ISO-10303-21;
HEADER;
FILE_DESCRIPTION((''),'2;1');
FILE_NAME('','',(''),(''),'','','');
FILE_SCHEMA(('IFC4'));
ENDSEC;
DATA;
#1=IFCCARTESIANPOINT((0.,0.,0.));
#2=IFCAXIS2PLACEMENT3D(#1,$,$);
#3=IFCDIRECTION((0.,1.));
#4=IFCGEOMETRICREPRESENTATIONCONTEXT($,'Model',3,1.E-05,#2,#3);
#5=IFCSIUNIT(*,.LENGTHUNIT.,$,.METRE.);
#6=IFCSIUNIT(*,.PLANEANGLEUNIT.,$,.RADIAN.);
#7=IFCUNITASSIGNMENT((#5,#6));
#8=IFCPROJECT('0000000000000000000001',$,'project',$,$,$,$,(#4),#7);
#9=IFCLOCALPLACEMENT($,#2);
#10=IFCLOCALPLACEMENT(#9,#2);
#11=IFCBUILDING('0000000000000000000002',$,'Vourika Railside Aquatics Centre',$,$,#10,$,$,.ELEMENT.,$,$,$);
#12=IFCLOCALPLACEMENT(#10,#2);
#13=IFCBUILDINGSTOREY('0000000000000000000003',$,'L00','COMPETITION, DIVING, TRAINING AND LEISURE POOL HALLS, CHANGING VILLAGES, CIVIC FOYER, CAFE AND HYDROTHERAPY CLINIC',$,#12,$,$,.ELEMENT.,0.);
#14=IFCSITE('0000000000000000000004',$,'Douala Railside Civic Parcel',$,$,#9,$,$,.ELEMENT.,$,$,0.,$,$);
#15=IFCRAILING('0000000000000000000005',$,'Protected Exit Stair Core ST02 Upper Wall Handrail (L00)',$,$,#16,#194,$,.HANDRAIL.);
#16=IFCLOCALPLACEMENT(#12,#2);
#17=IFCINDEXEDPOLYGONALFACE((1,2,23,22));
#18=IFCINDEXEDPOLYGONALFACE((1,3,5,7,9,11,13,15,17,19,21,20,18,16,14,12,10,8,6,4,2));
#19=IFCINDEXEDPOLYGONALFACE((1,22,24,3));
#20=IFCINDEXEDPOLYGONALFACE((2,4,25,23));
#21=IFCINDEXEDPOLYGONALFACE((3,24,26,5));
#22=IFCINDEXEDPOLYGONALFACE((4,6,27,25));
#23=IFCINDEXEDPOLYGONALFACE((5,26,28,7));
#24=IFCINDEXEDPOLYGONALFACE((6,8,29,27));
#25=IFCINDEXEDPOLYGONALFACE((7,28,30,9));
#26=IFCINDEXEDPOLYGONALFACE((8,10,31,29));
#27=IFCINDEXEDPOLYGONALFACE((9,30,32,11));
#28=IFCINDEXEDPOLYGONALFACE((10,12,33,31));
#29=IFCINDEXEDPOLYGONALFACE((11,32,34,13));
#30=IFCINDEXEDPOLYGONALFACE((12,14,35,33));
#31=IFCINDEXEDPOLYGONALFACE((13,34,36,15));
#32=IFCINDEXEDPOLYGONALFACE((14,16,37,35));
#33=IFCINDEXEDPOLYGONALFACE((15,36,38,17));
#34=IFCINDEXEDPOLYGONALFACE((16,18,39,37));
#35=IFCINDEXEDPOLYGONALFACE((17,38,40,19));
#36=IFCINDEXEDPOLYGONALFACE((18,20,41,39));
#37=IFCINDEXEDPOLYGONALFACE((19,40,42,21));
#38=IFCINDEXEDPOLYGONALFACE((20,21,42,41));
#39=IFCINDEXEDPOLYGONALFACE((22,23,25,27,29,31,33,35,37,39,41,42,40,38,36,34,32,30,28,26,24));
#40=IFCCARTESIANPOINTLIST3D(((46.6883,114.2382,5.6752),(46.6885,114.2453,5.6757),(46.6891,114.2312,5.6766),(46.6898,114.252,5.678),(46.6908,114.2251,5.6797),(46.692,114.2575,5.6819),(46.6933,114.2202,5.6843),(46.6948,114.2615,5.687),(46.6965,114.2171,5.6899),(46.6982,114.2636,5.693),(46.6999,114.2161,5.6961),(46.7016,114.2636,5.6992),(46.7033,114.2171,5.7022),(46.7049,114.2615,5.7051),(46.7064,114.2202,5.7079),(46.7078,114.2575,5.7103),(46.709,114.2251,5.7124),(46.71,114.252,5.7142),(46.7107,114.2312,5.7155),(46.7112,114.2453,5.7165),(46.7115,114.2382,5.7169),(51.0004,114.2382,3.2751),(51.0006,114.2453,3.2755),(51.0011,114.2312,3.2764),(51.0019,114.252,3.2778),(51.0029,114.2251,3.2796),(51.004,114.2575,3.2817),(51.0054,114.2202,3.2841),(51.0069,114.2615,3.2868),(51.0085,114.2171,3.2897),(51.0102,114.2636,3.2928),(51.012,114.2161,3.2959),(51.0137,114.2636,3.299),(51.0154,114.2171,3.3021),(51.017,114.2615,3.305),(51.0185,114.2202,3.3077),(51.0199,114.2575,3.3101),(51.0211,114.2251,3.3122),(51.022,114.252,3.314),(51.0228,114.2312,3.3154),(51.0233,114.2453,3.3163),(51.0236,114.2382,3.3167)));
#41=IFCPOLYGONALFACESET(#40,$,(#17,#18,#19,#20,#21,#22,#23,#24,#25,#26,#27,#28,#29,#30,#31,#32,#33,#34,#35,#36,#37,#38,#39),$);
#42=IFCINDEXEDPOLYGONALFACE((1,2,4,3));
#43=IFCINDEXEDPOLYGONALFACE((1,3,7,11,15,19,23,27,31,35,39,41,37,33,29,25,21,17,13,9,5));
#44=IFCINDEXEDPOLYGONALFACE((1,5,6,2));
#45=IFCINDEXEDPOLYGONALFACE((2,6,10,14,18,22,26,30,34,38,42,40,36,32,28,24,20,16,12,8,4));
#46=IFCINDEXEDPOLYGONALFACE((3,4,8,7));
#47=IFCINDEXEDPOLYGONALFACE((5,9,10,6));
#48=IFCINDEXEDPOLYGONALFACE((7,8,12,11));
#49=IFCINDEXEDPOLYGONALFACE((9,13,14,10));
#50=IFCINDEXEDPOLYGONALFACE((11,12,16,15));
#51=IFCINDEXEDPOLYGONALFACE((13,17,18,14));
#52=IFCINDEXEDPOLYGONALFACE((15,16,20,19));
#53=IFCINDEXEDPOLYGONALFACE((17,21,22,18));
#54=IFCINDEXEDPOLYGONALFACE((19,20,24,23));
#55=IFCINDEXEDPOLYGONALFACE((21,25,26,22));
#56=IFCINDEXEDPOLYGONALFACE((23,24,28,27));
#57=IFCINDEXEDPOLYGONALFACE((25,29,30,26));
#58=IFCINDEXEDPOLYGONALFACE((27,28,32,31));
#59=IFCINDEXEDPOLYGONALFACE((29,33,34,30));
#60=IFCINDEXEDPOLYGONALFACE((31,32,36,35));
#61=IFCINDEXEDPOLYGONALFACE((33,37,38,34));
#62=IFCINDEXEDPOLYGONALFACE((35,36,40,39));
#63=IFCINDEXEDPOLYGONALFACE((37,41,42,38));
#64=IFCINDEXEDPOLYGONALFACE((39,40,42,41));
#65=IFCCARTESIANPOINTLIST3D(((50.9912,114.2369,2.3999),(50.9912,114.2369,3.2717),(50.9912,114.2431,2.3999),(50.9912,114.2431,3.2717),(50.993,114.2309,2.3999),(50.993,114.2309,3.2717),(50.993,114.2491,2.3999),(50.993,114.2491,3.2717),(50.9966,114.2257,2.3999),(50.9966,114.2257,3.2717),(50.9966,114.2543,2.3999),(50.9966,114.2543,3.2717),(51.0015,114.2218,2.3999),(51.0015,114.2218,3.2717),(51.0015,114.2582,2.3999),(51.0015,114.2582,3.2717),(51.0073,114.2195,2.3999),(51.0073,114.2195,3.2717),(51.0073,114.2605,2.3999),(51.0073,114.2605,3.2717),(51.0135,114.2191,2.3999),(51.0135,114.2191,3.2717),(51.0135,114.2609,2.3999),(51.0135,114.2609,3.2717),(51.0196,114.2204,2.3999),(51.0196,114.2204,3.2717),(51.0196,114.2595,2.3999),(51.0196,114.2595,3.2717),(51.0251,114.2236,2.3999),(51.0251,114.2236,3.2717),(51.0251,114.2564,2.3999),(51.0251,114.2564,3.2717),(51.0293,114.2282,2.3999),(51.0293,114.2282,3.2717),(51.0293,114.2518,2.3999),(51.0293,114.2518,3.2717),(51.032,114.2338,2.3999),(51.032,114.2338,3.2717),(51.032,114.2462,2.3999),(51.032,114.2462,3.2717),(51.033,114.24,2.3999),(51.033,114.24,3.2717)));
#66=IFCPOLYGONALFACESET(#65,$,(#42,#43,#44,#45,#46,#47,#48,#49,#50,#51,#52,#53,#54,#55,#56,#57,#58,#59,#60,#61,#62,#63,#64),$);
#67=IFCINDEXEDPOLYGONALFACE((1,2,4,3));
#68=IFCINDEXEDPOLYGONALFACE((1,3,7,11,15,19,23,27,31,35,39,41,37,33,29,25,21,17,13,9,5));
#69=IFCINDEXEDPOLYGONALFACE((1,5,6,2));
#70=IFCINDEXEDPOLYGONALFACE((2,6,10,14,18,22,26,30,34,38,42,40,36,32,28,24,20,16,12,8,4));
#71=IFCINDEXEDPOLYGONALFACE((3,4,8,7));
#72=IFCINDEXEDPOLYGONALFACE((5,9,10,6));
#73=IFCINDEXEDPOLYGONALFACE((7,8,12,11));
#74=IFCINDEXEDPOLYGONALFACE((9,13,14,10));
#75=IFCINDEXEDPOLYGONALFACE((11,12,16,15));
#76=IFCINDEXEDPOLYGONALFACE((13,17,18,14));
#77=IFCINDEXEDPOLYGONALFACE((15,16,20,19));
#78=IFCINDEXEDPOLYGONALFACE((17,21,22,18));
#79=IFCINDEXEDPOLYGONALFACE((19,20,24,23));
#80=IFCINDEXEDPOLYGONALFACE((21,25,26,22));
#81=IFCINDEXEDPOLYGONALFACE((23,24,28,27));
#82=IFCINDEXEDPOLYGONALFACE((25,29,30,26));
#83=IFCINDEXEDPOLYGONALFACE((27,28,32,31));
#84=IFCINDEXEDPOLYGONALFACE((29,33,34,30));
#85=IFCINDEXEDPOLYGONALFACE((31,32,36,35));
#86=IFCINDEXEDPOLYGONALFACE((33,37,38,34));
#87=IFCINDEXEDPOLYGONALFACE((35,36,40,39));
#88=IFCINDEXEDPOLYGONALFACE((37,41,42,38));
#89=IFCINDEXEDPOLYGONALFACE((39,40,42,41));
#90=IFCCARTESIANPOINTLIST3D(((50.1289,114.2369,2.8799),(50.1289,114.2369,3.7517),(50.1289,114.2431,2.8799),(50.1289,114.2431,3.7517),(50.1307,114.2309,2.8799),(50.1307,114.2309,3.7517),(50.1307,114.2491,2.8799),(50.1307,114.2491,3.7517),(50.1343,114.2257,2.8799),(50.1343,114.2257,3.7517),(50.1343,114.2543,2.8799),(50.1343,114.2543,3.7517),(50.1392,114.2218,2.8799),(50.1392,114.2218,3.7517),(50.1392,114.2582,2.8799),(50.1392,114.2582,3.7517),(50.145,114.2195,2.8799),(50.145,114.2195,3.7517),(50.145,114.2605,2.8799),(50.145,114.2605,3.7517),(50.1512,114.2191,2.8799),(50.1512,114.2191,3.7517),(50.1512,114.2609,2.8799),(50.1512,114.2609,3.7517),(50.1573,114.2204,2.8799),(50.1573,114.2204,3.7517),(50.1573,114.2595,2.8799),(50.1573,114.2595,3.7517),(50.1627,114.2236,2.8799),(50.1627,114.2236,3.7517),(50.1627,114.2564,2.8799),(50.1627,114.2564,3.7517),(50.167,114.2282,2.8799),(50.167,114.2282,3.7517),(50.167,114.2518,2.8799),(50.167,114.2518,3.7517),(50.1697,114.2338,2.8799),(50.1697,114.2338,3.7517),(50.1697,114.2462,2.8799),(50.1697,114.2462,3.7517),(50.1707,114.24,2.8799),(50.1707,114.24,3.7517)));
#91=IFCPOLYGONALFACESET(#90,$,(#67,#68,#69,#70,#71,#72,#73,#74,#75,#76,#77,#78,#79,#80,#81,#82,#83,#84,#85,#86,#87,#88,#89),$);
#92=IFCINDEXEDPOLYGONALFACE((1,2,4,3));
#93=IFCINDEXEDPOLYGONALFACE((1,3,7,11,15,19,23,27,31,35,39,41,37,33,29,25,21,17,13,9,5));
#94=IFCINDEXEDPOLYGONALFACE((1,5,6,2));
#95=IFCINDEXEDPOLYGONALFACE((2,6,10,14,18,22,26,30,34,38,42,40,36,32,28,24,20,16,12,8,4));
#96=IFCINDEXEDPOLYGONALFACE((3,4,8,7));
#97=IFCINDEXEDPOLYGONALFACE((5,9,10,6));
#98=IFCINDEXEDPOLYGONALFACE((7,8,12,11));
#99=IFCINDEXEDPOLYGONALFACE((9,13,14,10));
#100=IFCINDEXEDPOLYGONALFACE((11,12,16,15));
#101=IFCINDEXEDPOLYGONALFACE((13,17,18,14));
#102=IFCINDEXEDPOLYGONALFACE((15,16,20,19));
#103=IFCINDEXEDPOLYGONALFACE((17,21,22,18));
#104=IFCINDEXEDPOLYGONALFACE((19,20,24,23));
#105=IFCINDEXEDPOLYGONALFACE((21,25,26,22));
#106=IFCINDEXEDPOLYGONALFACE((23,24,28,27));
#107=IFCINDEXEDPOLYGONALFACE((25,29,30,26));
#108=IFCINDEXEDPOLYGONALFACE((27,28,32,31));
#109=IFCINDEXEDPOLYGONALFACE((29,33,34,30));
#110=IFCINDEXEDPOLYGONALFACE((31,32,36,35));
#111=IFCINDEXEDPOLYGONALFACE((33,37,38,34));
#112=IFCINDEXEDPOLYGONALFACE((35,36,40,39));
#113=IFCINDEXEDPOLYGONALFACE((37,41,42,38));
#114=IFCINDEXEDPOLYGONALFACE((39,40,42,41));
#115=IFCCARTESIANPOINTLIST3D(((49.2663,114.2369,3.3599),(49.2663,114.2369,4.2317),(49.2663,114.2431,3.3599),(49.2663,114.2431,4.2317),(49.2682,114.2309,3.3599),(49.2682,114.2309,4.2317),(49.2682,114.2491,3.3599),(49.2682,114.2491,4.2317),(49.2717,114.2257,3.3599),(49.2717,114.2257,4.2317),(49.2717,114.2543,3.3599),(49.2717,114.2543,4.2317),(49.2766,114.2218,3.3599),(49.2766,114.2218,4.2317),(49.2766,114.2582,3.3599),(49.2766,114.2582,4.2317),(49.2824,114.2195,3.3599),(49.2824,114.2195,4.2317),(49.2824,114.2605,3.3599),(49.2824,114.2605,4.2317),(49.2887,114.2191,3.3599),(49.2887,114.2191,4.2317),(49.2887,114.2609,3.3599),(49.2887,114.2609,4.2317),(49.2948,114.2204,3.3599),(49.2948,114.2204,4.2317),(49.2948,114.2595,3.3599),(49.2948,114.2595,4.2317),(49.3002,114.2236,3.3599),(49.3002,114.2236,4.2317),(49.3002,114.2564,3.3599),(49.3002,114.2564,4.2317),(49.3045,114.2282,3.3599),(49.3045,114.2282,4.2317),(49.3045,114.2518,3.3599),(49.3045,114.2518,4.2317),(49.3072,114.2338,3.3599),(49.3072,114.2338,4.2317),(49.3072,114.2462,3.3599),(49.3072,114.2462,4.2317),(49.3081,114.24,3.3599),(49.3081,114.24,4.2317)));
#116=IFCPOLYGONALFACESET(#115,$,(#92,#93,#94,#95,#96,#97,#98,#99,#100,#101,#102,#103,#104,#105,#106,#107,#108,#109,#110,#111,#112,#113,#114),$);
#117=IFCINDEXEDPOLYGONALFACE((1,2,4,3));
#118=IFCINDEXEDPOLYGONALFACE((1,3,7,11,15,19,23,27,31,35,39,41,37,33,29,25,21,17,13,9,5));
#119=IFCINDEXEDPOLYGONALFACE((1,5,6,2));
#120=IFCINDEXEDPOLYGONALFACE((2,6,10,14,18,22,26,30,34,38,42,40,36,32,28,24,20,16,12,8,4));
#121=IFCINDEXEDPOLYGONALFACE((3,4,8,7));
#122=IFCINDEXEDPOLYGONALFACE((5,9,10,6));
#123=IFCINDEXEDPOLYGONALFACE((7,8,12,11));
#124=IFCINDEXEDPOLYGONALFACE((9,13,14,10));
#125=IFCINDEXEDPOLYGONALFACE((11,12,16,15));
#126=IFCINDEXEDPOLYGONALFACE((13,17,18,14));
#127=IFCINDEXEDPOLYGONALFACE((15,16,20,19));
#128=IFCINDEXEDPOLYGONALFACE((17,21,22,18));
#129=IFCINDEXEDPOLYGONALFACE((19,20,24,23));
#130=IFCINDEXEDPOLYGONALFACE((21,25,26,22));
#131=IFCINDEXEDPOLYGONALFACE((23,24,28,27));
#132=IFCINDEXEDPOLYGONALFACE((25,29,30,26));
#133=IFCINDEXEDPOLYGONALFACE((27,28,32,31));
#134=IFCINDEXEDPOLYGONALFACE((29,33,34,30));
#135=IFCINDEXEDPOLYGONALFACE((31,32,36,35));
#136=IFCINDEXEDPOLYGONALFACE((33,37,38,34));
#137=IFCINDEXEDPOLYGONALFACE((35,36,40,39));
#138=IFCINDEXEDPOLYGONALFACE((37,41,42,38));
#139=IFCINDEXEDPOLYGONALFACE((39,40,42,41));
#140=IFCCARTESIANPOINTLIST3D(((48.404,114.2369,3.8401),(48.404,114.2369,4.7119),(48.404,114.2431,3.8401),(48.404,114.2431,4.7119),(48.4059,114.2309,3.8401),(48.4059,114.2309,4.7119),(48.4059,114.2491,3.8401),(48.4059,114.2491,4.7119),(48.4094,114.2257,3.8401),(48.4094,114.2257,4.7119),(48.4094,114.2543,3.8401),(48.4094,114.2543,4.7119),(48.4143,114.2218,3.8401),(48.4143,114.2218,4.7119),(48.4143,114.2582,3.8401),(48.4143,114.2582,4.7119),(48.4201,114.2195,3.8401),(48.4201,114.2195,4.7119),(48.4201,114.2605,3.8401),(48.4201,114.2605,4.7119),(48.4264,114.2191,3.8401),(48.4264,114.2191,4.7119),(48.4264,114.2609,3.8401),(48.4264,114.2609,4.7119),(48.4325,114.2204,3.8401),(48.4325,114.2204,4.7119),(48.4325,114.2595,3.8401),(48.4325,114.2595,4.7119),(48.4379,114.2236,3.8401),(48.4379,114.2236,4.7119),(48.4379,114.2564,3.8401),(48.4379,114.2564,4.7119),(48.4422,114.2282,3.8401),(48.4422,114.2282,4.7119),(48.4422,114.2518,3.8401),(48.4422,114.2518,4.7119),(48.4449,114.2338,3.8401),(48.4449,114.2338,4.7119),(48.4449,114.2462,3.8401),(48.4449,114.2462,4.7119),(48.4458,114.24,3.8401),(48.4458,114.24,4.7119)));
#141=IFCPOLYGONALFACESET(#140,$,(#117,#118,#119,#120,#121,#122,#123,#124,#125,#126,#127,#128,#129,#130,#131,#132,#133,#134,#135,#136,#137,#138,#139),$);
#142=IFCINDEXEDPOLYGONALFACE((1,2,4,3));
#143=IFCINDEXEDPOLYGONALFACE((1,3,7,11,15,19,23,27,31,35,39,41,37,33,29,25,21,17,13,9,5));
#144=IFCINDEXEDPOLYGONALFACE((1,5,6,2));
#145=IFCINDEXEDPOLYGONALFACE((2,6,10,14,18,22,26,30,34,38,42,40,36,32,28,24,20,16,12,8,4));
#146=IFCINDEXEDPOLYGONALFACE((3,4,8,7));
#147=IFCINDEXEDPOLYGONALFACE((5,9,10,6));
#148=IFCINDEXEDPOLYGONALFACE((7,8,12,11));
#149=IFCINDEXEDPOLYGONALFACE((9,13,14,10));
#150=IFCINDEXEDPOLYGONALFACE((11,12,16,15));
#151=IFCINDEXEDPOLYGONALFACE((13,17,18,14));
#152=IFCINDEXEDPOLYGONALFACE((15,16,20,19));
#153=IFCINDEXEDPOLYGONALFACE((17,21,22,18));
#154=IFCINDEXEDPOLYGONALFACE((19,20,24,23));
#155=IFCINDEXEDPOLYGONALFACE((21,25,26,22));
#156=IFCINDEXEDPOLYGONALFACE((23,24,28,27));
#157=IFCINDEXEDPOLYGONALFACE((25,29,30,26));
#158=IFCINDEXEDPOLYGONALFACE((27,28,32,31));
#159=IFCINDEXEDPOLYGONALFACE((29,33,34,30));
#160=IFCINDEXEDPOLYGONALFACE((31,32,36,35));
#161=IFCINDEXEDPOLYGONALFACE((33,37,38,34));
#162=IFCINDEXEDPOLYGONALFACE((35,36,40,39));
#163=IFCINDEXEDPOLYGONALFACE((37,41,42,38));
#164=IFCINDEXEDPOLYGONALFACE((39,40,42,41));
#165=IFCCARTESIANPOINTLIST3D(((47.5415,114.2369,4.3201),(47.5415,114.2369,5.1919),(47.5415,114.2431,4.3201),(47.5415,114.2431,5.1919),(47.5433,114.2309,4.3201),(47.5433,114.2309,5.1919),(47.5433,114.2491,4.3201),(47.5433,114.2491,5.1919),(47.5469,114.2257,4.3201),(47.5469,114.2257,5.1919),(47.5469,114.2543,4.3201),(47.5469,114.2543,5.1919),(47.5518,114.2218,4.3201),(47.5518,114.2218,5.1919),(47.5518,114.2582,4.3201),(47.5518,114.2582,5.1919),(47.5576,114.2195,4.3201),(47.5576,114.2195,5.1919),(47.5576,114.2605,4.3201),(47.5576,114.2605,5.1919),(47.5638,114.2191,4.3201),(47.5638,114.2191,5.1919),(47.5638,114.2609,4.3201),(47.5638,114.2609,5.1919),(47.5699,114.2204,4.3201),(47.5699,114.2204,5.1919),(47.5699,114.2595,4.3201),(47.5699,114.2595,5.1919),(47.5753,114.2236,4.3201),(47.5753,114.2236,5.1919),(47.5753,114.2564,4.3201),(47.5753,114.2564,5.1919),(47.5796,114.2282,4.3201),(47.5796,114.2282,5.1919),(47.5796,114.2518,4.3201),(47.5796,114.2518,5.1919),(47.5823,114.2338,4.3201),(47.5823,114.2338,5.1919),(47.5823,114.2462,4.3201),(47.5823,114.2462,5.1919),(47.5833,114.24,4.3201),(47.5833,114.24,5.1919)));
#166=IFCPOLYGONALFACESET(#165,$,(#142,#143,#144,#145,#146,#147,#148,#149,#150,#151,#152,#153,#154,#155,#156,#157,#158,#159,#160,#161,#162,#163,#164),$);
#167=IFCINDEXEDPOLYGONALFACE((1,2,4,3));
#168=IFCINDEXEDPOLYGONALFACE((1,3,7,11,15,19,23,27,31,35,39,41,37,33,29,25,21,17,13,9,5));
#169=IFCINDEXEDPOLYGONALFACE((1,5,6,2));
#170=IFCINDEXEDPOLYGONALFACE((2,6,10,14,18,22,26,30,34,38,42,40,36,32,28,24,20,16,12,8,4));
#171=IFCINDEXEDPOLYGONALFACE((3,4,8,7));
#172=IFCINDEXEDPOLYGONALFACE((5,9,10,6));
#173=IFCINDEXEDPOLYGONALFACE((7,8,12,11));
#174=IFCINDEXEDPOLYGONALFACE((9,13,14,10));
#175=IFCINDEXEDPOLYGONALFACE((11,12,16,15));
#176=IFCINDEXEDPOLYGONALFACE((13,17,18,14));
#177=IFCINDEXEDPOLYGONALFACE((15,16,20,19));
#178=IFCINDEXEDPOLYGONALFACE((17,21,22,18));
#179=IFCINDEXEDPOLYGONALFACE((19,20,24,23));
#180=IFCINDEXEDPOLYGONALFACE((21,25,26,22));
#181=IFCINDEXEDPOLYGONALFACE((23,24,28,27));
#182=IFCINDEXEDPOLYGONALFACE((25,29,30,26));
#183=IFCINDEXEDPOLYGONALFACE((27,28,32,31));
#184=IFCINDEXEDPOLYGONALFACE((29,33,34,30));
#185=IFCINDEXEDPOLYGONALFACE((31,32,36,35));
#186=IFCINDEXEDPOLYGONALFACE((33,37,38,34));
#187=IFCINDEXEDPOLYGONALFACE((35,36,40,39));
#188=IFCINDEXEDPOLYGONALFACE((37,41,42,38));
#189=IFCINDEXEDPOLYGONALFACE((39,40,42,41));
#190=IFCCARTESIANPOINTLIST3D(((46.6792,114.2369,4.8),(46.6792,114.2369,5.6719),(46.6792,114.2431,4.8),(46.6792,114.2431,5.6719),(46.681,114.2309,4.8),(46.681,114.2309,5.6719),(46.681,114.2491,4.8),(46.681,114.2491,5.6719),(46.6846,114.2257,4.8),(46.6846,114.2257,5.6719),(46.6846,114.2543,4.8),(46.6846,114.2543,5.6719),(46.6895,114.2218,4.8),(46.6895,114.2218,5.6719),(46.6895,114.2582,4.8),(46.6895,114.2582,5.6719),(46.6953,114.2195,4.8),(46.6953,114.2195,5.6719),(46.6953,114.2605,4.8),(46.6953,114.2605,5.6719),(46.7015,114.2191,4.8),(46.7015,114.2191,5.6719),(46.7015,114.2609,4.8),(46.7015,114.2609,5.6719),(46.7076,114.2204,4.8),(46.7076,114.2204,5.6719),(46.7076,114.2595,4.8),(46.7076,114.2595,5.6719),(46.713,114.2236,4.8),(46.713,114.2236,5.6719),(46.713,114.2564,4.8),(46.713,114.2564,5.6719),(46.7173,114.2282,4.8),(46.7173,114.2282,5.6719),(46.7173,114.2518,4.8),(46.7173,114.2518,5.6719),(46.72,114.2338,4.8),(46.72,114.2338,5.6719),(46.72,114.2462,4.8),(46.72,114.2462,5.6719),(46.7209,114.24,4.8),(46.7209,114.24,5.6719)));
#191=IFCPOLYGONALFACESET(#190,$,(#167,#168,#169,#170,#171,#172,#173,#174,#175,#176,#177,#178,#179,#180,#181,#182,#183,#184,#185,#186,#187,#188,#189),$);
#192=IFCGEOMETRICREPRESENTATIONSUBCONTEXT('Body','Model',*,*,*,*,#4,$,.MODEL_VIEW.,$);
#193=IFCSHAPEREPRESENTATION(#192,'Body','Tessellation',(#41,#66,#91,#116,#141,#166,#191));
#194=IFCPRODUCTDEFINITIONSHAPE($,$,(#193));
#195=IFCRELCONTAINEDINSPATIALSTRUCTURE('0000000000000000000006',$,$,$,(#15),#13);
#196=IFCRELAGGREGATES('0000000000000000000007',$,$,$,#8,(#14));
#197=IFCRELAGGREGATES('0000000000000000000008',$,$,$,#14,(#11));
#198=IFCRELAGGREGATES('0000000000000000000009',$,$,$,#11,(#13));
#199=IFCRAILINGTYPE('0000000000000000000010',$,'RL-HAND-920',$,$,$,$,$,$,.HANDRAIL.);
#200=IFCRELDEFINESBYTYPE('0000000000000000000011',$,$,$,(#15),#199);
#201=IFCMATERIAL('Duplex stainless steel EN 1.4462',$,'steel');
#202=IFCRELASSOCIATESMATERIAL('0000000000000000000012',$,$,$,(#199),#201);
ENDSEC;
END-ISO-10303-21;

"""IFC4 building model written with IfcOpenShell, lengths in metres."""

from ifc_helpers import new_model, si_unit, direction, frame, origin, origin_2d, place, context, subcontext, project, spatial, circle, extrude, material, type_object, element, save


model = new_model("IFC4")

# Units and contexts
model_context = context("Model", 3, precision=1e-05, world=origin(), true_north=direction((0.0, 1.0)))
body_context = subcontext(model_context, "Body", "Model", "MODEL_VIEW")
ifc_project = project(units=[si_unit("LENGTHUNIT", "METRE"), si_unit("PLANEANGLEUNIT", "RADIAN")], contexts=[model_context])

# Site, building, storey
site_placement = place(None, origin())
site = spatial("IfcSite", under=ifc_project, at=site_placement, Name="Douala Railside Civic Parcel", CompositionType="ELEMENT", RefElevation=0.0)
building_placement = place(site_placement, origin())
building = spatial("IfcBuilding", under=site, at=building_placement, Name="Vourika Railside Aquatics Centre", CompositionType="ELEMENT")
storey_placement = place(building_placement, origin())
storey = spatial("IfcBuildingStorey", under=building, at=storey_placement, Name="L00", Description="COMPETITION, DIVING, TRAINING AND LEISURE POOL HALLS, CHANGING VILLAGES, CIVIC FOYER, CAFE AND HYDROTHERAPY CLINIC", CompositionType="ELEMENT", Elevation=0.0)

# Railing
ifc_material_1 = material(Name="Duplex stainless steel EN 1.4462", Category="steel")
railing_type_1 = type_object("IfcRailingType", Name="RL-HAND-920", PredefinedType="HANDRAIL", material=ifc_material_1)
railing_1_placement = place(storey_placement, frame((51.012, 114.24, 2.3999)))
element("IfcRailing", 1, at=railing_1_placement, inside=storey, type_object=railing_type_1, Name="Protected Exit Stair Core ST02 Upper Wall Handrail (L00)", PredefinedType="HANDRAIL", context=body_context, shape_type="SweptSolid", body=[
    extrude(circle(Radius=0.0239, at=origin_2d()), frame((0.0, 0.0, 0.896), z_axis=(-0.873763, 0.0, 0.486353), x_axis=(0.0, -1.0, 0.0)), (0.0, 0.0, 1.0), 4.9351),
    extrude(circle(Radius=0.021, at=origin_2d()), origin(), (0.0, 0.0, 1.0), 0.8718),
    extrude(circle(Radius=0.021, at=origin_2d()), frame((-0.8623, 0.0, 0.48)), (0.0, 0.0, 1.0), 0.8718),
    extrude(circle(Radius=0.021, at=origin_2d()), frame((-1.7249, 0.0, 0.96)), (0.0, 0.0, 1.0), 0.8718),
    extrude(circle(Radius=0.021, at=origin_2d()), frame((-2.5872, 0.0, 1.4402)), (0.0, 0.0, 1.0), 0.8718),
    extrude(circle(Radius=0.021, at=origin_2d()), frame((-3.4497, 0.0, 1.9202)), (0.0, 0.0, 1.0), 0.8718),
    extrude(circle(Radius=0.021, at=origin_2d()), frame((-4.312, 0.0, 2.4001)), (0.0, 0.0, 1.0), 0.8718),
])

save(model, "model.ifc")
